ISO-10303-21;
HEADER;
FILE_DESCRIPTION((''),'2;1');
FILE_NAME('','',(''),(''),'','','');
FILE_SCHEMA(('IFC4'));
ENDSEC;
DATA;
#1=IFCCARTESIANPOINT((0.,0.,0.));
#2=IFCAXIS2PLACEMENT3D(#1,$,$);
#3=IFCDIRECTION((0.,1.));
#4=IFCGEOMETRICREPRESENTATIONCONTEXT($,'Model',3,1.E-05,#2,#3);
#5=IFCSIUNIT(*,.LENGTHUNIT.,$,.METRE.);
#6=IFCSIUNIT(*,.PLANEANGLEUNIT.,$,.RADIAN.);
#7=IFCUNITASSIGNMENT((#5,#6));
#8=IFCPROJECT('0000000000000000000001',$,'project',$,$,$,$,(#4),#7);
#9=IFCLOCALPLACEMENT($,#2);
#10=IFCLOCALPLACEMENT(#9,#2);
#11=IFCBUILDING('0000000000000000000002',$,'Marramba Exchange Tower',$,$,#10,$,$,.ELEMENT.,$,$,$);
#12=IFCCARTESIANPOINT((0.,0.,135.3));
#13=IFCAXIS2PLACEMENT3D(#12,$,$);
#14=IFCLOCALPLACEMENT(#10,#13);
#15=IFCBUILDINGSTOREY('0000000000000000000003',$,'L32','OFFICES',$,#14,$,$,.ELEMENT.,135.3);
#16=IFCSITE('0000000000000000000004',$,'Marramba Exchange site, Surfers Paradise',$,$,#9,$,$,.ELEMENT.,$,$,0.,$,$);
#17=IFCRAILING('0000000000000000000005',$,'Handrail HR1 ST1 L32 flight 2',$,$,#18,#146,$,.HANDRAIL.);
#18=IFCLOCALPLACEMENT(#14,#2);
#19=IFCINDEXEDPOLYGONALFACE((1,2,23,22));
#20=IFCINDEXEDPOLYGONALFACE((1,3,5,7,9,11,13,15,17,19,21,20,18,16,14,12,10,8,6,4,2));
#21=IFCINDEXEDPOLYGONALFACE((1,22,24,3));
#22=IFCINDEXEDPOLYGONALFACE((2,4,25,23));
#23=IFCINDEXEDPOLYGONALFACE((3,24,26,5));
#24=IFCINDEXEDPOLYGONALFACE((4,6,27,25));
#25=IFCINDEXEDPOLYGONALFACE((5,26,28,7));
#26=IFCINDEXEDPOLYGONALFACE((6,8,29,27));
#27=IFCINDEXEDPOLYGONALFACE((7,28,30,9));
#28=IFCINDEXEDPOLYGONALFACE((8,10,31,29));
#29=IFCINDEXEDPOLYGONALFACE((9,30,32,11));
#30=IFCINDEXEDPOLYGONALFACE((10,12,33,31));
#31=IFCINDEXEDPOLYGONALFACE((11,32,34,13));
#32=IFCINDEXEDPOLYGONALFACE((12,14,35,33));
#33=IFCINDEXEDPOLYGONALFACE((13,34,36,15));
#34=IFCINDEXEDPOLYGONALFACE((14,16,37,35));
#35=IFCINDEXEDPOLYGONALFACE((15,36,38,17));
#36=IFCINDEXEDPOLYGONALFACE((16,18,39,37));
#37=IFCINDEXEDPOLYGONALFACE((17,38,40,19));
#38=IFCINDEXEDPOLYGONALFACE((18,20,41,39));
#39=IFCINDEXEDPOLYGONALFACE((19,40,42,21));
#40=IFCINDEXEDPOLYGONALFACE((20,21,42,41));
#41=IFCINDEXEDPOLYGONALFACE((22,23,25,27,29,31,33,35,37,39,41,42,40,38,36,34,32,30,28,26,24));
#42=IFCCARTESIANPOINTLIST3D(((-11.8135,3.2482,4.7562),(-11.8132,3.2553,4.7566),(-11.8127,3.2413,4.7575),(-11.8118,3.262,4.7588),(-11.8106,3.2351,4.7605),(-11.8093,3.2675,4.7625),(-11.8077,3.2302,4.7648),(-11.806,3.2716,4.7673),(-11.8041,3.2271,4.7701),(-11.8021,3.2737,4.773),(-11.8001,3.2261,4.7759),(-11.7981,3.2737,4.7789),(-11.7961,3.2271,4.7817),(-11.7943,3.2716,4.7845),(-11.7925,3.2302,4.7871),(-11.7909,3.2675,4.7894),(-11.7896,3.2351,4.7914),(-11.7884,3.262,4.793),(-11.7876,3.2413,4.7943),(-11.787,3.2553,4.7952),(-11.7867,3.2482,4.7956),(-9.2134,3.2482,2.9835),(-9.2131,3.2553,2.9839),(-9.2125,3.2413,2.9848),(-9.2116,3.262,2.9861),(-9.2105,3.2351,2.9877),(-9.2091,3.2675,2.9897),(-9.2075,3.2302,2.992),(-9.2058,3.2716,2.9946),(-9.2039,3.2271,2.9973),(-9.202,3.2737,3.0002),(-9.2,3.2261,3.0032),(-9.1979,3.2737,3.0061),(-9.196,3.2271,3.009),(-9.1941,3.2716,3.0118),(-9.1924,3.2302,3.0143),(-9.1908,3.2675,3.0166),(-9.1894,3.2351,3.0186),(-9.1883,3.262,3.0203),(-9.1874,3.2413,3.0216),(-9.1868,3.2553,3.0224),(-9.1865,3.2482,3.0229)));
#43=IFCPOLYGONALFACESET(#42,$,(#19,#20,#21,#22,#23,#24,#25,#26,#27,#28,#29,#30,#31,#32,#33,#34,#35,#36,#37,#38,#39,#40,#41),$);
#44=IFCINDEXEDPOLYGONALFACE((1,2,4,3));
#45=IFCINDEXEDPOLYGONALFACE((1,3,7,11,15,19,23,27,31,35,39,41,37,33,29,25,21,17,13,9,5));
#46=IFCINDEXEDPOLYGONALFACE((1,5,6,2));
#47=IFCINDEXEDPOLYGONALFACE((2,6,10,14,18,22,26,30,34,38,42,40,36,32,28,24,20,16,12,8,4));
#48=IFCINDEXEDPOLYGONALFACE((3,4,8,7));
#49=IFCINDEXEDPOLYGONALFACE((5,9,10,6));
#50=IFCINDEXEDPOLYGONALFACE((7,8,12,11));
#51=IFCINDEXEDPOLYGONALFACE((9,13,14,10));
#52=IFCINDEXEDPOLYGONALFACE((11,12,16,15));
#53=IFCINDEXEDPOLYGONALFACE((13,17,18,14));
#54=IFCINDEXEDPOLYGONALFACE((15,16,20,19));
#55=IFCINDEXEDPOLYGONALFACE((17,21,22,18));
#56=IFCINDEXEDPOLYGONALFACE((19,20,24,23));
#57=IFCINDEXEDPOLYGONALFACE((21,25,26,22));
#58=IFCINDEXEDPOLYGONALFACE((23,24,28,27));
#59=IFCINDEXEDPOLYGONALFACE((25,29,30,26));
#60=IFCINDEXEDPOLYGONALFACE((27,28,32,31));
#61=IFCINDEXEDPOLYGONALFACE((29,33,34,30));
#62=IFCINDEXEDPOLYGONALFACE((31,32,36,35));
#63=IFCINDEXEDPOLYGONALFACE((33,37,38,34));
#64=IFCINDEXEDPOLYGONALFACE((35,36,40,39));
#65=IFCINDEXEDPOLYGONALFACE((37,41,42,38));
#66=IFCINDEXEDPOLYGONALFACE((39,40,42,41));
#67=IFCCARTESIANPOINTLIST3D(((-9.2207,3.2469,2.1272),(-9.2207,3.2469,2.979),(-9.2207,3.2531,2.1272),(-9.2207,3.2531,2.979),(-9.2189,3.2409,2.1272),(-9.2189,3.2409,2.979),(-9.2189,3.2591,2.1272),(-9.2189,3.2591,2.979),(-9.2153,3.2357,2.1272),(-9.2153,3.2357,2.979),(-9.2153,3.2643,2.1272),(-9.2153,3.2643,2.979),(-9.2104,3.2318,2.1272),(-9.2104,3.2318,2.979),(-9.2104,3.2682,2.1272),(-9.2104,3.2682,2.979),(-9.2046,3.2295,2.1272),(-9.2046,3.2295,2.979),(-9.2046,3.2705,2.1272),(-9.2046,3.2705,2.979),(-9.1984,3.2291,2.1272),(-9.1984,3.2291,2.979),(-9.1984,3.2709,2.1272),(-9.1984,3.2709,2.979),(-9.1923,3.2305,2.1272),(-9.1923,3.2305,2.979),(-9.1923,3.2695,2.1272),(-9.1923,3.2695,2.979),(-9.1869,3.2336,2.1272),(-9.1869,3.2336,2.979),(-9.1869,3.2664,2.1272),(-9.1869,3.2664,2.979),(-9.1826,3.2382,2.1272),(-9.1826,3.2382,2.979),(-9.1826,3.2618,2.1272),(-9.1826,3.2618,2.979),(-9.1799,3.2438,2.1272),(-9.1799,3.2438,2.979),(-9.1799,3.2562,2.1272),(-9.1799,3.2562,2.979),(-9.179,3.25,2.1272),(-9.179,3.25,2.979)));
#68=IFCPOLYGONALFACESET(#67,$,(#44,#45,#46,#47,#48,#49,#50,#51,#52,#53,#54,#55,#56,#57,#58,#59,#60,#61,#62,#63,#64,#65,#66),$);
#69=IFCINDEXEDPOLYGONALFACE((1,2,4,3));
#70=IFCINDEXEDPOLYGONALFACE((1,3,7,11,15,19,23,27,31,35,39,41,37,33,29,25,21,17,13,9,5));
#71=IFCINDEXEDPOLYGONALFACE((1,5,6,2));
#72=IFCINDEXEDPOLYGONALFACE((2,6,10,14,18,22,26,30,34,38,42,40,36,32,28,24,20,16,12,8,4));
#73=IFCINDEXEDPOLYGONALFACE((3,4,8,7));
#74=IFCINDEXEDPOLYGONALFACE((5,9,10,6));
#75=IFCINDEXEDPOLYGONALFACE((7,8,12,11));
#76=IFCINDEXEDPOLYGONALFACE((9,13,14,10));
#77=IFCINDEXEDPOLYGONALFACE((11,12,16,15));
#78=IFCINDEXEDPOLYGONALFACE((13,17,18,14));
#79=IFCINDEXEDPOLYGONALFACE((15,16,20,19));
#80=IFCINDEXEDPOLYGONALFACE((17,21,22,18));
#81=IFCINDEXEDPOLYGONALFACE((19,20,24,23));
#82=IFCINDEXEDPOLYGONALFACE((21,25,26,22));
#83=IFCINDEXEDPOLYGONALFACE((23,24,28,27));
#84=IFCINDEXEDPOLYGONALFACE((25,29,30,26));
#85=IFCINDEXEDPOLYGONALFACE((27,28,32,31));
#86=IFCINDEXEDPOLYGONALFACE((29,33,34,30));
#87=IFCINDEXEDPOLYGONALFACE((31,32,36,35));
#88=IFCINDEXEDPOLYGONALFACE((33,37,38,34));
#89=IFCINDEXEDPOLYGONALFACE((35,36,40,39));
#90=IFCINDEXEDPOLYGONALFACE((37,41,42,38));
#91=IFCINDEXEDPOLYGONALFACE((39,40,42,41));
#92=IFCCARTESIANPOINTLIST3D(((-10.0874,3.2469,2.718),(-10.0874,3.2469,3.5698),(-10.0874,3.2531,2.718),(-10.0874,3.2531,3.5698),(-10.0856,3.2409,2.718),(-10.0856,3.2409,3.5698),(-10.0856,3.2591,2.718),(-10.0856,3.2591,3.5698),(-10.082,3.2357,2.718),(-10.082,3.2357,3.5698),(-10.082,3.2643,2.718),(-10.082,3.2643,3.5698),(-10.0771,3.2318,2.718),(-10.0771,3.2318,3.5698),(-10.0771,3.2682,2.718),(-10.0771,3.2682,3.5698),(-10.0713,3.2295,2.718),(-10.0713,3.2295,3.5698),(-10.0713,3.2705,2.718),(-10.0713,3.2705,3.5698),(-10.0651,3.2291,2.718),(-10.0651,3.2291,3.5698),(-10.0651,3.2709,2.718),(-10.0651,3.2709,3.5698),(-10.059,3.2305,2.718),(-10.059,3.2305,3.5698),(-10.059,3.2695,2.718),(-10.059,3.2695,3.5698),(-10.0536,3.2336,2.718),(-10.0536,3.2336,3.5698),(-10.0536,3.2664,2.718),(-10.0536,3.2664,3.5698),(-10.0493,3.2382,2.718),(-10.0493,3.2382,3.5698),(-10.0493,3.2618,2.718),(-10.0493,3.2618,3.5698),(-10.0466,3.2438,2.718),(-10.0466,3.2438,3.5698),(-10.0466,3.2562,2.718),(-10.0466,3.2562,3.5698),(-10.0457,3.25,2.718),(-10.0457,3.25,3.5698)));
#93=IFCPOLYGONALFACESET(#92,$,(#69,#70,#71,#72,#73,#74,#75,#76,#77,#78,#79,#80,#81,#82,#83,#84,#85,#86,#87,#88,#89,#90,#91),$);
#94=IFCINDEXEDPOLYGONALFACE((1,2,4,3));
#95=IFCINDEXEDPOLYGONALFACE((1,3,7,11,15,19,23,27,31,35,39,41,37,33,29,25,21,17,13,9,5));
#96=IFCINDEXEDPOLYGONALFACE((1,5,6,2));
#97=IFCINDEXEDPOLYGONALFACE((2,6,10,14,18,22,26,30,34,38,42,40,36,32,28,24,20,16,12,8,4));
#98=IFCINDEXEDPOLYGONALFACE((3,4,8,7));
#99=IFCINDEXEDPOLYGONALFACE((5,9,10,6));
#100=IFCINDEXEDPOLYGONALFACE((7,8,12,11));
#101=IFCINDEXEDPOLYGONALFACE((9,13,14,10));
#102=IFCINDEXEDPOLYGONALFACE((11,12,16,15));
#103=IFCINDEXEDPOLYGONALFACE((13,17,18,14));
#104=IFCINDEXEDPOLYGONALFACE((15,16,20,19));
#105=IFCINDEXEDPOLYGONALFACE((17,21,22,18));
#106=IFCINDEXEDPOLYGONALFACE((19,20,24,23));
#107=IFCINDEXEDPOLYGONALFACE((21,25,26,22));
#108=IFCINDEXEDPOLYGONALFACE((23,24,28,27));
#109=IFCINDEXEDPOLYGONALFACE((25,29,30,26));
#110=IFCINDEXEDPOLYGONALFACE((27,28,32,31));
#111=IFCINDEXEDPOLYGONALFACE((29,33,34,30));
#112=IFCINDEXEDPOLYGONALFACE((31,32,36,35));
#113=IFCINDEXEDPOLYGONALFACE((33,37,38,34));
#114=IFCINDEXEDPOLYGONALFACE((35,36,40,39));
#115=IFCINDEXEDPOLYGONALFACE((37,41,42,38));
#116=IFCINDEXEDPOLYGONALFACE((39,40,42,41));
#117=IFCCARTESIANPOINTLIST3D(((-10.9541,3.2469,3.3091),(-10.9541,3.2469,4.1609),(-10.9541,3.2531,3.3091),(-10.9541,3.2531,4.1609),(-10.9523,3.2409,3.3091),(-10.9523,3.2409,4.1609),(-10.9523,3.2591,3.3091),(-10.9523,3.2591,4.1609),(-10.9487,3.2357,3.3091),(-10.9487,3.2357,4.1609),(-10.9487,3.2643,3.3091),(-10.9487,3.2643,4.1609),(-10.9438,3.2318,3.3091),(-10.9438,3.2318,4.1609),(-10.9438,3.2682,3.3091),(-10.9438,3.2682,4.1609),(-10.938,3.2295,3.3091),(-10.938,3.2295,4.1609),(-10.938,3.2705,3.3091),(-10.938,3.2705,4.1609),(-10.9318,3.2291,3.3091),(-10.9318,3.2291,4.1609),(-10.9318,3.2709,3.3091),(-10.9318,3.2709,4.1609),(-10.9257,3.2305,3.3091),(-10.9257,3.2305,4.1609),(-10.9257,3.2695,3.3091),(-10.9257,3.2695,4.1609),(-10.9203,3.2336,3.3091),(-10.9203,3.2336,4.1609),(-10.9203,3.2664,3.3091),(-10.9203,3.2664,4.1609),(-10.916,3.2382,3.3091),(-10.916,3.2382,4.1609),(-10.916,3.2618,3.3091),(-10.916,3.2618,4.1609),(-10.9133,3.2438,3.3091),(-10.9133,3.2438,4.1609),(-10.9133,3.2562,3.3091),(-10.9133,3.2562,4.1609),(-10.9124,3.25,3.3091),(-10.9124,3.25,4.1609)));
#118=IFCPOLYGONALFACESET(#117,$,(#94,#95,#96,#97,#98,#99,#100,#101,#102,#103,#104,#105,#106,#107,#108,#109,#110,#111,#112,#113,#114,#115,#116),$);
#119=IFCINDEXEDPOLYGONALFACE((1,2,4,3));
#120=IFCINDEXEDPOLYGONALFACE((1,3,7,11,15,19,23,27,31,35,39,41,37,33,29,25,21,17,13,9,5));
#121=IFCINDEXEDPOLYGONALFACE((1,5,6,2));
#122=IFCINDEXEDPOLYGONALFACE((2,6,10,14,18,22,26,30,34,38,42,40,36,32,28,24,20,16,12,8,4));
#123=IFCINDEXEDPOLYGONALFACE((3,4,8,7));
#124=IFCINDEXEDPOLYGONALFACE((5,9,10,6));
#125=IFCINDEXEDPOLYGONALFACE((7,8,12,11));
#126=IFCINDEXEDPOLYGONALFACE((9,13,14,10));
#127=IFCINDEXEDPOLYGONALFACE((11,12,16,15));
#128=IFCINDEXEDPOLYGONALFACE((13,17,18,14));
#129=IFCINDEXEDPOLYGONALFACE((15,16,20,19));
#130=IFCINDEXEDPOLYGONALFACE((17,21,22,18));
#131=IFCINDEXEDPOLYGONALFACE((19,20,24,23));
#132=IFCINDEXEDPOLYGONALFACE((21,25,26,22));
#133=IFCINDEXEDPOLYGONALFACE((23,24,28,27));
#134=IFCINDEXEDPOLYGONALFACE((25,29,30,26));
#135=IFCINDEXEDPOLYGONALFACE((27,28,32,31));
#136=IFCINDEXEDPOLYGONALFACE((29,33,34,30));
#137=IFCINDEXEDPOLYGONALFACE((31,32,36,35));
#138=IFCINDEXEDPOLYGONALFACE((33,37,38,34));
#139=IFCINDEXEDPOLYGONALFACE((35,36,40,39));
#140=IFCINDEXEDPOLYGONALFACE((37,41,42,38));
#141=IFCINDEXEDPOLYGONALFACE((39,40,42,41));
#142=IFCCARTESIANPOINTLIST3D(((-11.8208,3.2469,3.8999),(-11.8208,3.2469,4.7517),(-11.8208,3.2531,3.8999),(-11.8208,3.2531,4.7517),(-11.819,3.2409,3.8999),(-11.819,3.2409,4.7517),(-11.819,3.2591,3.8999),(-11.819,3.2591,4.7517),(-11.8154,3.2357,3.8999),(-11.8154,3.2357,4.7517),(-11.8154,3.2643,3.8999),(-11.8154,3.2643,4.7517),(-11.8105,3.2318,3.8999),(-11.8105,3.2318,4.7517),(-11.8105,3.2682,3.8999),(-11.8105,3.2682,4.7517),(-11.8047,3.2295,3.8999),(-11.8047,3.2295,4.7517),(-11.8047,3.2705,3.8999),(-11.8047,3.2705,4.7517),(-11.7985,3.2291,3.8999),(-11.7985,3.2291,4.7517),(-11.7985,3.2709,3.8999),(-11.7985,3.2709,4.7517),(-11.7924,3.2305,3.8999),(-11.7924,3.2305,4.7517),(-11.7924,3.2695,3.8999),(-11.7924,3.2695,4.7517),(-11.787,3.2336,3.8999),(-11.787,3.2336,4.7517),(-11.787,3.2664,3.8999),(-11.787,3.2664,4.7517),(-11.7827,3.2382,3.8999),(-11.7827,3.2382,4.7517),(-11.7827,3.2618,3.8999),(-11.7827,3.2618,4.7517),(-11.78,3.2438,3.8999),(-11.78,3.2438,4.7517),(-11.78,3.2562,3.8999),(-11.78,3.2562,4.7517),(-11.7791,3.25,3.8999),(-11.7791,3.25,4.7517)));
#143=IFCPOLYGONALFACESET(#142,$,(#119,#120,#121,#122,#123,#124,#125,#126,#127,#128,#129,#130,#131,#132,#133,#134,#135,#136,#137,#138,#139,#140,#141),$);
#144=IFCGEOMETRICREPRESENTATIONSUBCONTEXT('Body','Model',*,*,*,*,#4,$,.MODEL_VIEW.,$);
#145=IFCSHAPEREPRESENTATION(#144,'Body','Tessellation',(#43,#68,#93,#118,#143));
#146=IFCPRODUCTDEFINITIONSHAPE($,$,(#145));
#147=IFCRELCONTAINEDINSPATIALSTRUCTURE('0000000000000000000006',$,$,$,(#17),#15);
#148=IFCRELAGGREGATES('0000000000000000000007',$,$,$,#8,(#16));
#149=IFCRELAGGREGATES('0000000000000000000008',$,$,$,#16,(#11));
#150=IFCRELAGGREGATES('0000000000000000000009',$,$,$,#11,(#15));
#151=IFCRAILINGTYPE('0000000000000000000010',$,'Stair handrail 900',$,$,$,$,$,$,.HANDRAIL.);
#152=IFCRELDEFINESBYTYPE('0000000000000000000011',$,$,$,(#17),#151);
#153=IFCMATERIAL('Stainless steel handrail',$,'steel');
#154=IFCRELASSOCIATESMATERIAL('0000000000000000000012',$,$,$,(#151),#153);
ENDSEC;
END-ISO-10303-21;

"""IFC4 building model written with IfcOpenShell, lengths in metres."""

from ifc_helpers import new_model, si_unit, direction, frame, origin, origin_2d, place, context, subcontext, project, spatial, circle, extrude, material, type_object, element, save


model = new_model("IFC4")

# Units and contexts
model_context = context("Model", 3, precision=1e-05, world=origin(), true_north=direction((0.0, 1.0)))
body_context = subcontext(model_context, "Body", "Model", "MODEL_VIEW")
ifc_project = project(units=[si_unit("LENGTHUNIT", "METRE"), si_unit("PLANEANGLEUNIT", "RADIAN")], contexts=[model_context])

# Site, building, storey
site_placement = place(None, origin())
site = spatial("IfcSite", under=ifc_project, at=site_placement, Name="Marramba Exchange site, Surfers Paradise", CompositionType="ELEMENT", RefElevation=0.0)
building_placement = place(site_placement, origin())
building = spatial("IfcBuilding", under=site, at=building_placement, Name="Marramba Exchange Tower", CompositionType="ELEMENT")
storey_placement = place(building_placement, frame((0.0, 0.0, 135.3)))
storey = spatial("IfcBuildingStorey", under=building, at=storey_placement, Name="L32", Description="OFFICES", CompositionType="ELEMENT", Elevation=135.3)

# Railing
ifc_material_1 = material(Name="Stainless steel handrail", Category="steel")
railing_type = type_object("IfcRailingType", Name="Stair handrail 900", PredefinedType="HANDRAIL", material=ifc_material_1)
railing_placement = place(storey_placement, frame((-9.2, 3.25, 2.1272)))
element("IfcRailing", 1, at=railing_placement, inside=storey, type_object=railing_type, Name="Handrail HR1 ST1 L32 flight 2", PredefinedType="HANDRAIL", context=body_context, shape_type="SweptSolid", body=[
    extrude(circle(Radius=0.0239, at=origin_2d()), frame((0.0, 0.0, 0.876), z_axis=(-0.82624, 0.0, 0.563318), x_axis=(0.0, -1.0, 0.0)), (0.0, 0.0, 1.0), 3.147),
    extrude(circle(Radius=0.021, at=origin_2d()), origin(), (0.0, 0.0, 1.0), 0.8518),
    extrude(circle(Radius=0.021, at=origin_2d()), frame((-0.8667, 0.0, 0.5908)), (0.0, 0.0, 1.0), 0.8518),
    extrude(circle(Radius=0.021, at=origin_2d()), frame((-1.7334, 0.0, 1.1819)), (0.0, 0.0, 1.0), 0.8518),
    extrude(circle(Radius=0.021, at=origin_2d()), frame((-2.6001, 0.0, 1.7727)), (0.0, 0.0, 1.0), 0.8518),
])

save(model, "model.ifc")
